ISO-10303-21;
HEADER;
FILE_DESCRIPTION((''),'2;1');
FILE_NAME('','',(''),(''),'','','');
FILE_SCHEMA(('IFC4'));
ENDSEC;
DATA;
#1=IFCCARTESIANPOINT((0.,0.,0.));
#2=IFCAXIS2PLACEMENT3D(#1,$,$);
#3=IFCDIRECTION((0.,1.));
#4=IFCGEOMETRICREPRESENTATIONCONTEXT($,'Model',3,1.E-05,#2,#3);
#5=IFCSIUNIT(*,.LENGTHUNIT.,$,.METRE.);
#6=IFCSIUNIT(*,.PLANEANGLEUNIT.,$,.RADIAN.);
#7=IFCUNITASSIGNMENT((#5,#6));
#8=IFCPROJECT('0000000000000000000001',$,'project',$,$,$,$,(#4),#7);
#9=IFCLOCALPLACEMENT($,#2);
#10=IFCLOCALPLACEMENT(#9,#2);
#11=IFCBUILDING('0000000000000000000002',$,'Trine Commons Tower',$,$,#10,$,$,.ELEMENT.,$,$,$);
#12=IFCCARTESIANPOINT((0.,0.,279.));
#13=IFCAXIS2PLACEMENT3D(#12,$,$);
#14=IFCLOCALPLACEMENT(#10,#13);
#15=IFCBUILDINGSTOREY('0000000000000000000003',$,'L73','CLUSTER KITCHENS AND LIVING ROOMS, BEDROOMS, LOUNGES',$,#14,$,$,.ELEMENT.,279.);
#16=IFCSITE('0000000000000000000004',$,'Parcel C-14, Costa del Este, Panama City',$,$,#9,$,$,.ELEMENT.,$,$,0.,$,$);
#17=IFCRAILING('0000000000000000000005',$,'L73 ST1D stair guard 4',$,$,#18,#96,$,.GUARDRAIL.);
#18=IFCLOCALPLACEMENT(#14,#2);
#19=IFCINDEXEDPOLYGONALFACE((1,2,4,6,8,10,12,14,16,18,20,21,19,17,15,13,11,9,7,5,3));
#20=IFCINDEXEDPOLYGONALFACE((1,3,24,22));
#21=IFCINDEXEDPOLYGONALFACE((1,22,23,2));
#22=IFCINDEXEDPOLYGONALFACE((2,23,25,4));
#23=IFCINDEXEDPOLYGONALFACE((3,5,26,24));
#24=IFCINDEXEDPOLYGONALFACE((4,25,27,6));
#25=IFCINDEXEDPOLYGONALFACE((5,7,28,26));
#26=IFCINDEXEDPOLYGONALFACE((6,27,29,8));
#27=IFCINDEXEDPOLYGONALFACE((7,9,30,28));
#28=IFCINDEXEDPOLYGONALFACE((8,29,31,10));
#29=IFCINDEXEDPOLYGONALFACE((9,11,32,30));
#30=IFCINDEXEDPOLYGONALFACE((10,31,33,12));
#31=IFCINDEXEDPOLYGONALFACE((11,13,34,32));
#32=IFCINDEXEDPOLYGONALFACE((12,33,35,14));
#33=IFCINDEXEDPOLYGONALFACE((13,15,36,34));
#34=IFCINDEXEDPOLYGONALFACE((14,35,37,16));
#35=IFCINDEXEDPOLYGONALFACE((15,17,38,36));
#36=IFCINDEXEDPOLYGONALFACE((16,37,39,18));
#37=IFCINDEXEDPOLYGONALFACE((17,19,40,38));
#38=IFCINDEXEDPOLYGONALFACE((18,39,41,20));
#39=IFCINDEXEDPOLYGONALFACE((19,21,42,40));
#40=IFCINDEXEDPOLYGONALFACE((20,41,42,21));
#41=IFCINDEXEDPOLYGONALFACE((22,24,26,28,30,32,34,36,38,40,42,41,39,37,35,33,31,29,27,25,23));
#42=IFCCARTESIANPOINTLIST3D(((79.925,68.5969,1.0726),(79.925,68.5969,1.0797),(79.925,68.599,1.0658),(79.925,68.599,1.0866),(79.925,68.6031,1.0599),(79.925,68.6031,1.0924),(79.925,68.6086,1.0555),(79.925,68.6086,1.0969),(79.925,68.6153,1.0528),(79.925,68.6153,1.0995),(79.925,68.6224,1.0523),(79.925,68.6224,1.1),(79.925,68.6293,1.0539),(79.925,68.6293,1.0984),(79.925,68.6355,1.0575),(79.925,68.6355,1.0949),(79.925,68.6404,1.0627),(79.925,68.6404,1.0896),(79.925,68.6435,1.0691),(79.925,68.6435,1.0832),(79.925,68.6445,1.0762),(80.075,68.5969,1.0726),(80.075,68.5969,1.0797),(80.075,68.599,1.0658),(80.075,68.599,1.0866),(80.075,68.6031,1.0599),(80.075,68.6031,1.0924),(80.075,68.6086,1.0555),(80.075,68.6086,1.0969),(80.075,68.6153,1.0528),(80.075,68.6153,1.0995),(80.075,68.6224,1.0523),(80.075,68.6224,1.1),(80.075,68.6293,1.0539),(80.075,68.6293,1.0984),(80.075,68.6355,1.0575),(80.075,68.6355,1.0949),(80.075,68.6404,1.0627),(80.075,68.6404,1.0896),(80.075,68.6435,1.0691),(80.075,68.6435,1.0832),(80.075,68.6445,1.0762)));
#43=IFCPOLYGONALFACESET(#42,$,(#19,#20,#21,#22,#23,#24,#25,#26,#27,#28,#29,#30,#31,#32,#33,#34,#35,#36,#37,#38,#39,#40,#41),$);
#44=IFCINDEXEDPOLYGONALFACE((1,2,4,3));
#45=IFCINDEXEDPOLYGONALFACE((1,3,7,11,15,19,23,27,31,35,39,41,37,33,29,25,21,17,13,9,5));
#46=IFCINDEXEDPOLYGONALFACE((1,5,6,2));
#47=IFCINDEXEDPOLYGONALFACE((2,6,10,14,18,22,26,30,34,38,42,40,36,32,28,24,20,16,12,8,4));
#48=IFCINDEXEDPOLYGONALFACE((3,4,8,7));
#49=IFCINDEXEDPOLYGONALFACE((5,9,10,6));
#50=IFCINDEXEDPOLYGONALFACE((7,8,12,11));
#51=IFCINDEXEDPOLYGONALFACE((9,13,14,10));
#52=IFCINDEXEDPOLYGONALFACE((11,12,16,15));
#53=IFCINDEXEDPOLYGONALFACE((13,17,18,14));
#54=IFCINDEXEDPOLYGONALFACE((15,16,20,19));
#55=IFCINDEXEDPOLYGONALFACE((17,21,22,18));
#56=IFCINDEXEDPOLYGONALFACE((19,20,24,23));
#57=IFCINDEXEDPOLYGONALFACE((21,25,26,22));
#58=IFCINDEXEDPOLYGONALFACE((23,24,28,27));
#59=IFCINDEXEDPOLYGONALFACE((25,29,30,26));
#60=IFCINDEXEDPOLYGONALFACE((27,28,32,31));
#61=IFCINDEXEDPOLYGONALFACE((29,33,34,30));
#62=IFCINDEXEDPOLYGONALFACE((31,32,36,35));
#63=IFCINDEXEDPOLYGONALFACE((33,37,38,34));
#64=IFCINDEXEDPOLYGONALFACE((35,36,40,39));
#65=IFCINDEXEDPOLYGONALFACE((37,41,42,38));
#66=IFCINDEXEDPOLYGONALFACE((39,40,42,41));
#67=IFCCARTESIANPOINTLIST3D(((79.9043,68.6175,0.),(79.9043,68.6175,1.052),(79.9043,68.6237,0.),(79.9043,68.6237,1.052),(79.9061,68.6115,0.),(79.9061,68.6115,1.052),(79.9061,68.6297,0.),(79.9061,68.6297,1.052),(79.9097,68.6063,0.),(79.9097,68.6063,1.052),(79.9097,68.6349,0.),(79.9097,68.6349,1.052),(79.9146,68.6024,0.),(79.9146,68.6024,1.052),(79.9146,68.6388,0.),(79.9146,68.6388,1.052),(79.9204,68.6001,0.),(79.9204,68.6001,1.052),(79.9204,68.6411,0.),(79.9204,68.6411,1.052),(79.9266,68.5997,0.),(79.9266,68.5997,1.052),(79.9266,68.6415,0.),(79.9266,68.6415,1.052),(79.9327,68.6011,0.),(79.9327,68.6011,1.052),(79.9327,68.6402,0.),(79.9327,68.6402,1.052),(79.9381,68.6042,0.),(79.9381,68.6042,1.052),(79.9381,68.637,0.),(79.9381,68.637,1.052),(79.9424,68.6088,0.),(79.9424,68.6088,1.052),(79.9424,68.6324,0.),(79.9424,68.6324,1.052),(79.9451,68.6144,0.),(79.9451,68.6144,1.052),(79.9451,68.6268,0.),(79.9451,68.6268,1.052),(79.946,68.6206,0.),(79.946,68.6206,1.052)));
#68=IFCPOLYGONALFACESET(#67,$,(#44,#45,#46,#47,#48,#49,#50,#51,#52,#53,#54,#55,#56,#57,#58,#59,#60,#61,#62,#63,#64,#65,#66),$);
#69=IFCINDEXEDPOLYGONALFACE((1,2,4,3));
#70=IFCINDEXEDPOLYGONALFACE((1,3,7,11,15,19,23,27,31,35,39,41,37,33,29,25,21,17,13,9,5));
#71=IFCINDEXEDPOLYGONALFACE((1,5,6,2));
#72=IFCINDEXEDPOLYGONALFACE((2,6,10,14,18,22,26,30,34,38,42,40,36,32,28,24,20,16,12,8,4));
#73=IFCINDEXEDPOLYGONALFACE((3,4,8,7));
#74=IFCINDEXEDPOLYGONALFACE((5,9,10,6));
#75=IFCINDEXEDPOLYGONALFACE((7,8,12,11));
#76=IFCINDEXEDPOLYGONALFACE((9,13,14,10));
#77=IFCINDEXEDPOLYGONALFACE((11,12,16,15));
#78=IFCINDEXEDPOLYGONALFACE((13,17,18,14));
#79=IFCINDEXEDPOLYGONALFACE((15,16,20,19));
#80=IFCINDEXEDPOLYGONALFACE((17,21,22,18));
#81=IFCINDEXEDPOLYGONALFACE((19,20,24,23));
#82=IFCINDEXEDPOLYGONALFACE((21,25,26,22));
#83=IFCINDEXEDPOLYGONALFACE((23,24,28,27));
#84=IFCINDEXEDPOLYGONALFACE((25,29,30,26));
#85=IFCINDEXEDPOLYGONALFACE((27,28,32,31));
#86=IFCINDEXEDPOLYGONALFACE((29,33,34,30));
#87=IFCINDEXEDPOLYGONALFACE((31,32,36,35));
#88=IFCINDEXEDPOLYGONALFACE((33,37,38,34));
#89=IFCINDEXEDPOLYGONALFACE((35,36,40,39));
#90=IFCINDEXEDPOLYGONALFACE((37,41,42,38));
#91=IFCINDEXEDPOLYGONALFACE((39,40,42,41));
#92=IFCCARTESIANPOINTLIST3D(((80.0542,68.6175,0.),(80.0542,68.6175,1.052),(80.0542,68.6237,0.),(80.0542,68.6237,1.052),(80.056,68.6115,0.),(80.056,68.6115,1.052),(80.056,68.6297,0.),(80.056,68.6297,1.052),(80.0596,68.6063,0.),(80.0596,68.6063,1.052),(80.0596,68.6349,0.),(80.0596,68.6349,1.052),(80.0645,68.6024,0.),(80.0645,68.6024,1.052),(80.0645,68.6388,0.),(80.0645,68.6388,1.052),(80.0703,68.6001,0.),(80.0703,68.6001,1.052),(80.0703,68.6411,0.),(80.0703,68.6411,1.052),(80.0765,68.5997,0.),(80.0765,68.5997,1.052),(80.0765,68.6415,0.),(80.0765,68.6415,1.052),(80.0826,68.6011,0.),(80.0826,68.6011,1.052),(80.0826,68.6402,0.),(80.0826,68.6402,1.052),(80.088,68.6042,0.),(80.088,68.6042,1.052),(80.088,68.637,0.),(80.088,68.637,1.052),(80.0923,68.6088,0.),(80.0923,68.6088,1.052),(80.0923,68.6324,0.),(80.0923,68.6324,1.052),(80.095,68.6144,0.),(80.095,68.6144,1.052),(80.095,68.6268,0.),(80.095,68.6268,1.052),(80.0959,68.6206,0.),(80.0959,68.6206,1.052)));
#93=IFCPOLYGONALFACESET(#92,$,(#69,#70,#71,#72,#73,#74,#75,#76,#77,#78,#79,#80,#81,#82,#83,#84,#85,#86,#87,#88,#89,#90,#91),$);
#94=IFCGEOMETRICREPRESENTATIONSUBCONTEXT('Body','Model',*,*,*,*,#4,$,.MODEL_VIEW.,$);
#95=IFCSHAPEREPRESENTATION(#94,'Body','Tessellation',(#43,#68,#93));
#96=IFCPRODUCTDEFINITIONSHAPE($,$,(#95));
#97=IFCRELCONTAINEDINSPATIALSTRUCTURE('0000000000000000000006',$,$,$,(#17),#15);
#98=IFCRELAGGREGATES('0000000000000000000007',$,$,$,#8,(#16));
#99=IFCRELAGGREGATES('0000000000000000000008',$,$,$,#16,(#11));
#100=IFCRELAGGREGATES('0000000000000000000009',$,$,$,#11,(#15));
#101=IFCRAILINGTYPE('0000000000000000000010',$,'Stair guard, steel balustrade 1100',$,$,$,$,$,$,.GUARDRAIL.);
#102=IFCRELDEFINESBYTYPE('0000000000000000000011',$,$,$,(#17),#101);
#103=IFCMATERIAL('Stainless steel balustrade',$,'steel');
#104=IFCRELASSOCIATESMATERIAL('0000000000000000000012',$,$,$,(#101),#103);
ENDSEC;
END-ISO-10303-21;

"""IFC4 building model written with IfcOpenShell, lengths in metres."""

from ifc_helpers import new_model, si_unit, direction, frame, origin, origin_2d, place, context, subcontext, project, spatial, circle, extrude, material, type_object, element, save


model = new_model("IFC4")

# Units and contexts
model_context = context("Model", 3, precision=1e-05, world=origin(), true_north=direction((0.0, 1.0)))
body_context = subcontext(model_context, "Body", "Model", "MODEL_VIEW")
ifc_project = project(units=[si_unit("LENGTHUNIT", "METRE"), si_unit("PLANEANGLEUNIT", "RADIAN")], contexts=[model_context])

# Site, building, storey
site_placement = place(None, origin())
site = spatial("IfcSite", under=ifc_project, at=site_placement, Name="Parcel C-14, Costa del Este, Panama City", CompositionType="ELEMENT", RefElevation=0.0)
building_placement = place(site_placement, origin())
building = spatial("IfcBuilding", under=site, at=building_placement, Name="Trine Commons Tower", CompositionType="ELEMENT")
storey_placement = place(building_placement, frame((0.0, 0.0, 279.0)))
storey = spatial("IfcBuildingStorey", under=building, at=storey_placement, Name="L73", Description="CLUSTER KITCHENS AND LIVING ROOMS, BEDROOMS, LOUNGES", CompositionType="ELEMENT", Elevation=279.0)

# Railing
ifc_material_1 = material(Name="Stainless steel balustrade", Category="steel")
railing_type = type_object("IfcRailingType", Name="Stair guard, steel balustrade 1100", PredefinedType="GUARDRAIL", material=ifc_material_1)
railing_1_placement = place(storey_placement, frame((79.925, 68.6206, 0.0)))
element("IfcRailing", 1, at=railing_1_placement, inside=storey, type_object=railing_type, Name="L73 ST1D stair guard 4", PredefinedType="GUARDRAIL", context=body_context, shape_type="SweptSolid", body=[
    extrude(circle(Radius=0.0239, at=origin_2d()), frame((0.0, 0.0, 1.0762), z_axis=(1.0, 0.0, 0.0), x_axis=(0.0, 1.0, 0.0)), (0.0, 0.0, 1.0), 0.1499),
    extrude(circle(Radius=0.021, at=origin_2d()), origin(), (0.0, 0.0, 1.0), 1.052),
    extrude(circle(Radius=0.021, at=origin_2d()), frame((0.1499, 0.0, 0.0)), (0.0, 0.0, 1.0), 1.052),
])

save(model, "model.ifc")
